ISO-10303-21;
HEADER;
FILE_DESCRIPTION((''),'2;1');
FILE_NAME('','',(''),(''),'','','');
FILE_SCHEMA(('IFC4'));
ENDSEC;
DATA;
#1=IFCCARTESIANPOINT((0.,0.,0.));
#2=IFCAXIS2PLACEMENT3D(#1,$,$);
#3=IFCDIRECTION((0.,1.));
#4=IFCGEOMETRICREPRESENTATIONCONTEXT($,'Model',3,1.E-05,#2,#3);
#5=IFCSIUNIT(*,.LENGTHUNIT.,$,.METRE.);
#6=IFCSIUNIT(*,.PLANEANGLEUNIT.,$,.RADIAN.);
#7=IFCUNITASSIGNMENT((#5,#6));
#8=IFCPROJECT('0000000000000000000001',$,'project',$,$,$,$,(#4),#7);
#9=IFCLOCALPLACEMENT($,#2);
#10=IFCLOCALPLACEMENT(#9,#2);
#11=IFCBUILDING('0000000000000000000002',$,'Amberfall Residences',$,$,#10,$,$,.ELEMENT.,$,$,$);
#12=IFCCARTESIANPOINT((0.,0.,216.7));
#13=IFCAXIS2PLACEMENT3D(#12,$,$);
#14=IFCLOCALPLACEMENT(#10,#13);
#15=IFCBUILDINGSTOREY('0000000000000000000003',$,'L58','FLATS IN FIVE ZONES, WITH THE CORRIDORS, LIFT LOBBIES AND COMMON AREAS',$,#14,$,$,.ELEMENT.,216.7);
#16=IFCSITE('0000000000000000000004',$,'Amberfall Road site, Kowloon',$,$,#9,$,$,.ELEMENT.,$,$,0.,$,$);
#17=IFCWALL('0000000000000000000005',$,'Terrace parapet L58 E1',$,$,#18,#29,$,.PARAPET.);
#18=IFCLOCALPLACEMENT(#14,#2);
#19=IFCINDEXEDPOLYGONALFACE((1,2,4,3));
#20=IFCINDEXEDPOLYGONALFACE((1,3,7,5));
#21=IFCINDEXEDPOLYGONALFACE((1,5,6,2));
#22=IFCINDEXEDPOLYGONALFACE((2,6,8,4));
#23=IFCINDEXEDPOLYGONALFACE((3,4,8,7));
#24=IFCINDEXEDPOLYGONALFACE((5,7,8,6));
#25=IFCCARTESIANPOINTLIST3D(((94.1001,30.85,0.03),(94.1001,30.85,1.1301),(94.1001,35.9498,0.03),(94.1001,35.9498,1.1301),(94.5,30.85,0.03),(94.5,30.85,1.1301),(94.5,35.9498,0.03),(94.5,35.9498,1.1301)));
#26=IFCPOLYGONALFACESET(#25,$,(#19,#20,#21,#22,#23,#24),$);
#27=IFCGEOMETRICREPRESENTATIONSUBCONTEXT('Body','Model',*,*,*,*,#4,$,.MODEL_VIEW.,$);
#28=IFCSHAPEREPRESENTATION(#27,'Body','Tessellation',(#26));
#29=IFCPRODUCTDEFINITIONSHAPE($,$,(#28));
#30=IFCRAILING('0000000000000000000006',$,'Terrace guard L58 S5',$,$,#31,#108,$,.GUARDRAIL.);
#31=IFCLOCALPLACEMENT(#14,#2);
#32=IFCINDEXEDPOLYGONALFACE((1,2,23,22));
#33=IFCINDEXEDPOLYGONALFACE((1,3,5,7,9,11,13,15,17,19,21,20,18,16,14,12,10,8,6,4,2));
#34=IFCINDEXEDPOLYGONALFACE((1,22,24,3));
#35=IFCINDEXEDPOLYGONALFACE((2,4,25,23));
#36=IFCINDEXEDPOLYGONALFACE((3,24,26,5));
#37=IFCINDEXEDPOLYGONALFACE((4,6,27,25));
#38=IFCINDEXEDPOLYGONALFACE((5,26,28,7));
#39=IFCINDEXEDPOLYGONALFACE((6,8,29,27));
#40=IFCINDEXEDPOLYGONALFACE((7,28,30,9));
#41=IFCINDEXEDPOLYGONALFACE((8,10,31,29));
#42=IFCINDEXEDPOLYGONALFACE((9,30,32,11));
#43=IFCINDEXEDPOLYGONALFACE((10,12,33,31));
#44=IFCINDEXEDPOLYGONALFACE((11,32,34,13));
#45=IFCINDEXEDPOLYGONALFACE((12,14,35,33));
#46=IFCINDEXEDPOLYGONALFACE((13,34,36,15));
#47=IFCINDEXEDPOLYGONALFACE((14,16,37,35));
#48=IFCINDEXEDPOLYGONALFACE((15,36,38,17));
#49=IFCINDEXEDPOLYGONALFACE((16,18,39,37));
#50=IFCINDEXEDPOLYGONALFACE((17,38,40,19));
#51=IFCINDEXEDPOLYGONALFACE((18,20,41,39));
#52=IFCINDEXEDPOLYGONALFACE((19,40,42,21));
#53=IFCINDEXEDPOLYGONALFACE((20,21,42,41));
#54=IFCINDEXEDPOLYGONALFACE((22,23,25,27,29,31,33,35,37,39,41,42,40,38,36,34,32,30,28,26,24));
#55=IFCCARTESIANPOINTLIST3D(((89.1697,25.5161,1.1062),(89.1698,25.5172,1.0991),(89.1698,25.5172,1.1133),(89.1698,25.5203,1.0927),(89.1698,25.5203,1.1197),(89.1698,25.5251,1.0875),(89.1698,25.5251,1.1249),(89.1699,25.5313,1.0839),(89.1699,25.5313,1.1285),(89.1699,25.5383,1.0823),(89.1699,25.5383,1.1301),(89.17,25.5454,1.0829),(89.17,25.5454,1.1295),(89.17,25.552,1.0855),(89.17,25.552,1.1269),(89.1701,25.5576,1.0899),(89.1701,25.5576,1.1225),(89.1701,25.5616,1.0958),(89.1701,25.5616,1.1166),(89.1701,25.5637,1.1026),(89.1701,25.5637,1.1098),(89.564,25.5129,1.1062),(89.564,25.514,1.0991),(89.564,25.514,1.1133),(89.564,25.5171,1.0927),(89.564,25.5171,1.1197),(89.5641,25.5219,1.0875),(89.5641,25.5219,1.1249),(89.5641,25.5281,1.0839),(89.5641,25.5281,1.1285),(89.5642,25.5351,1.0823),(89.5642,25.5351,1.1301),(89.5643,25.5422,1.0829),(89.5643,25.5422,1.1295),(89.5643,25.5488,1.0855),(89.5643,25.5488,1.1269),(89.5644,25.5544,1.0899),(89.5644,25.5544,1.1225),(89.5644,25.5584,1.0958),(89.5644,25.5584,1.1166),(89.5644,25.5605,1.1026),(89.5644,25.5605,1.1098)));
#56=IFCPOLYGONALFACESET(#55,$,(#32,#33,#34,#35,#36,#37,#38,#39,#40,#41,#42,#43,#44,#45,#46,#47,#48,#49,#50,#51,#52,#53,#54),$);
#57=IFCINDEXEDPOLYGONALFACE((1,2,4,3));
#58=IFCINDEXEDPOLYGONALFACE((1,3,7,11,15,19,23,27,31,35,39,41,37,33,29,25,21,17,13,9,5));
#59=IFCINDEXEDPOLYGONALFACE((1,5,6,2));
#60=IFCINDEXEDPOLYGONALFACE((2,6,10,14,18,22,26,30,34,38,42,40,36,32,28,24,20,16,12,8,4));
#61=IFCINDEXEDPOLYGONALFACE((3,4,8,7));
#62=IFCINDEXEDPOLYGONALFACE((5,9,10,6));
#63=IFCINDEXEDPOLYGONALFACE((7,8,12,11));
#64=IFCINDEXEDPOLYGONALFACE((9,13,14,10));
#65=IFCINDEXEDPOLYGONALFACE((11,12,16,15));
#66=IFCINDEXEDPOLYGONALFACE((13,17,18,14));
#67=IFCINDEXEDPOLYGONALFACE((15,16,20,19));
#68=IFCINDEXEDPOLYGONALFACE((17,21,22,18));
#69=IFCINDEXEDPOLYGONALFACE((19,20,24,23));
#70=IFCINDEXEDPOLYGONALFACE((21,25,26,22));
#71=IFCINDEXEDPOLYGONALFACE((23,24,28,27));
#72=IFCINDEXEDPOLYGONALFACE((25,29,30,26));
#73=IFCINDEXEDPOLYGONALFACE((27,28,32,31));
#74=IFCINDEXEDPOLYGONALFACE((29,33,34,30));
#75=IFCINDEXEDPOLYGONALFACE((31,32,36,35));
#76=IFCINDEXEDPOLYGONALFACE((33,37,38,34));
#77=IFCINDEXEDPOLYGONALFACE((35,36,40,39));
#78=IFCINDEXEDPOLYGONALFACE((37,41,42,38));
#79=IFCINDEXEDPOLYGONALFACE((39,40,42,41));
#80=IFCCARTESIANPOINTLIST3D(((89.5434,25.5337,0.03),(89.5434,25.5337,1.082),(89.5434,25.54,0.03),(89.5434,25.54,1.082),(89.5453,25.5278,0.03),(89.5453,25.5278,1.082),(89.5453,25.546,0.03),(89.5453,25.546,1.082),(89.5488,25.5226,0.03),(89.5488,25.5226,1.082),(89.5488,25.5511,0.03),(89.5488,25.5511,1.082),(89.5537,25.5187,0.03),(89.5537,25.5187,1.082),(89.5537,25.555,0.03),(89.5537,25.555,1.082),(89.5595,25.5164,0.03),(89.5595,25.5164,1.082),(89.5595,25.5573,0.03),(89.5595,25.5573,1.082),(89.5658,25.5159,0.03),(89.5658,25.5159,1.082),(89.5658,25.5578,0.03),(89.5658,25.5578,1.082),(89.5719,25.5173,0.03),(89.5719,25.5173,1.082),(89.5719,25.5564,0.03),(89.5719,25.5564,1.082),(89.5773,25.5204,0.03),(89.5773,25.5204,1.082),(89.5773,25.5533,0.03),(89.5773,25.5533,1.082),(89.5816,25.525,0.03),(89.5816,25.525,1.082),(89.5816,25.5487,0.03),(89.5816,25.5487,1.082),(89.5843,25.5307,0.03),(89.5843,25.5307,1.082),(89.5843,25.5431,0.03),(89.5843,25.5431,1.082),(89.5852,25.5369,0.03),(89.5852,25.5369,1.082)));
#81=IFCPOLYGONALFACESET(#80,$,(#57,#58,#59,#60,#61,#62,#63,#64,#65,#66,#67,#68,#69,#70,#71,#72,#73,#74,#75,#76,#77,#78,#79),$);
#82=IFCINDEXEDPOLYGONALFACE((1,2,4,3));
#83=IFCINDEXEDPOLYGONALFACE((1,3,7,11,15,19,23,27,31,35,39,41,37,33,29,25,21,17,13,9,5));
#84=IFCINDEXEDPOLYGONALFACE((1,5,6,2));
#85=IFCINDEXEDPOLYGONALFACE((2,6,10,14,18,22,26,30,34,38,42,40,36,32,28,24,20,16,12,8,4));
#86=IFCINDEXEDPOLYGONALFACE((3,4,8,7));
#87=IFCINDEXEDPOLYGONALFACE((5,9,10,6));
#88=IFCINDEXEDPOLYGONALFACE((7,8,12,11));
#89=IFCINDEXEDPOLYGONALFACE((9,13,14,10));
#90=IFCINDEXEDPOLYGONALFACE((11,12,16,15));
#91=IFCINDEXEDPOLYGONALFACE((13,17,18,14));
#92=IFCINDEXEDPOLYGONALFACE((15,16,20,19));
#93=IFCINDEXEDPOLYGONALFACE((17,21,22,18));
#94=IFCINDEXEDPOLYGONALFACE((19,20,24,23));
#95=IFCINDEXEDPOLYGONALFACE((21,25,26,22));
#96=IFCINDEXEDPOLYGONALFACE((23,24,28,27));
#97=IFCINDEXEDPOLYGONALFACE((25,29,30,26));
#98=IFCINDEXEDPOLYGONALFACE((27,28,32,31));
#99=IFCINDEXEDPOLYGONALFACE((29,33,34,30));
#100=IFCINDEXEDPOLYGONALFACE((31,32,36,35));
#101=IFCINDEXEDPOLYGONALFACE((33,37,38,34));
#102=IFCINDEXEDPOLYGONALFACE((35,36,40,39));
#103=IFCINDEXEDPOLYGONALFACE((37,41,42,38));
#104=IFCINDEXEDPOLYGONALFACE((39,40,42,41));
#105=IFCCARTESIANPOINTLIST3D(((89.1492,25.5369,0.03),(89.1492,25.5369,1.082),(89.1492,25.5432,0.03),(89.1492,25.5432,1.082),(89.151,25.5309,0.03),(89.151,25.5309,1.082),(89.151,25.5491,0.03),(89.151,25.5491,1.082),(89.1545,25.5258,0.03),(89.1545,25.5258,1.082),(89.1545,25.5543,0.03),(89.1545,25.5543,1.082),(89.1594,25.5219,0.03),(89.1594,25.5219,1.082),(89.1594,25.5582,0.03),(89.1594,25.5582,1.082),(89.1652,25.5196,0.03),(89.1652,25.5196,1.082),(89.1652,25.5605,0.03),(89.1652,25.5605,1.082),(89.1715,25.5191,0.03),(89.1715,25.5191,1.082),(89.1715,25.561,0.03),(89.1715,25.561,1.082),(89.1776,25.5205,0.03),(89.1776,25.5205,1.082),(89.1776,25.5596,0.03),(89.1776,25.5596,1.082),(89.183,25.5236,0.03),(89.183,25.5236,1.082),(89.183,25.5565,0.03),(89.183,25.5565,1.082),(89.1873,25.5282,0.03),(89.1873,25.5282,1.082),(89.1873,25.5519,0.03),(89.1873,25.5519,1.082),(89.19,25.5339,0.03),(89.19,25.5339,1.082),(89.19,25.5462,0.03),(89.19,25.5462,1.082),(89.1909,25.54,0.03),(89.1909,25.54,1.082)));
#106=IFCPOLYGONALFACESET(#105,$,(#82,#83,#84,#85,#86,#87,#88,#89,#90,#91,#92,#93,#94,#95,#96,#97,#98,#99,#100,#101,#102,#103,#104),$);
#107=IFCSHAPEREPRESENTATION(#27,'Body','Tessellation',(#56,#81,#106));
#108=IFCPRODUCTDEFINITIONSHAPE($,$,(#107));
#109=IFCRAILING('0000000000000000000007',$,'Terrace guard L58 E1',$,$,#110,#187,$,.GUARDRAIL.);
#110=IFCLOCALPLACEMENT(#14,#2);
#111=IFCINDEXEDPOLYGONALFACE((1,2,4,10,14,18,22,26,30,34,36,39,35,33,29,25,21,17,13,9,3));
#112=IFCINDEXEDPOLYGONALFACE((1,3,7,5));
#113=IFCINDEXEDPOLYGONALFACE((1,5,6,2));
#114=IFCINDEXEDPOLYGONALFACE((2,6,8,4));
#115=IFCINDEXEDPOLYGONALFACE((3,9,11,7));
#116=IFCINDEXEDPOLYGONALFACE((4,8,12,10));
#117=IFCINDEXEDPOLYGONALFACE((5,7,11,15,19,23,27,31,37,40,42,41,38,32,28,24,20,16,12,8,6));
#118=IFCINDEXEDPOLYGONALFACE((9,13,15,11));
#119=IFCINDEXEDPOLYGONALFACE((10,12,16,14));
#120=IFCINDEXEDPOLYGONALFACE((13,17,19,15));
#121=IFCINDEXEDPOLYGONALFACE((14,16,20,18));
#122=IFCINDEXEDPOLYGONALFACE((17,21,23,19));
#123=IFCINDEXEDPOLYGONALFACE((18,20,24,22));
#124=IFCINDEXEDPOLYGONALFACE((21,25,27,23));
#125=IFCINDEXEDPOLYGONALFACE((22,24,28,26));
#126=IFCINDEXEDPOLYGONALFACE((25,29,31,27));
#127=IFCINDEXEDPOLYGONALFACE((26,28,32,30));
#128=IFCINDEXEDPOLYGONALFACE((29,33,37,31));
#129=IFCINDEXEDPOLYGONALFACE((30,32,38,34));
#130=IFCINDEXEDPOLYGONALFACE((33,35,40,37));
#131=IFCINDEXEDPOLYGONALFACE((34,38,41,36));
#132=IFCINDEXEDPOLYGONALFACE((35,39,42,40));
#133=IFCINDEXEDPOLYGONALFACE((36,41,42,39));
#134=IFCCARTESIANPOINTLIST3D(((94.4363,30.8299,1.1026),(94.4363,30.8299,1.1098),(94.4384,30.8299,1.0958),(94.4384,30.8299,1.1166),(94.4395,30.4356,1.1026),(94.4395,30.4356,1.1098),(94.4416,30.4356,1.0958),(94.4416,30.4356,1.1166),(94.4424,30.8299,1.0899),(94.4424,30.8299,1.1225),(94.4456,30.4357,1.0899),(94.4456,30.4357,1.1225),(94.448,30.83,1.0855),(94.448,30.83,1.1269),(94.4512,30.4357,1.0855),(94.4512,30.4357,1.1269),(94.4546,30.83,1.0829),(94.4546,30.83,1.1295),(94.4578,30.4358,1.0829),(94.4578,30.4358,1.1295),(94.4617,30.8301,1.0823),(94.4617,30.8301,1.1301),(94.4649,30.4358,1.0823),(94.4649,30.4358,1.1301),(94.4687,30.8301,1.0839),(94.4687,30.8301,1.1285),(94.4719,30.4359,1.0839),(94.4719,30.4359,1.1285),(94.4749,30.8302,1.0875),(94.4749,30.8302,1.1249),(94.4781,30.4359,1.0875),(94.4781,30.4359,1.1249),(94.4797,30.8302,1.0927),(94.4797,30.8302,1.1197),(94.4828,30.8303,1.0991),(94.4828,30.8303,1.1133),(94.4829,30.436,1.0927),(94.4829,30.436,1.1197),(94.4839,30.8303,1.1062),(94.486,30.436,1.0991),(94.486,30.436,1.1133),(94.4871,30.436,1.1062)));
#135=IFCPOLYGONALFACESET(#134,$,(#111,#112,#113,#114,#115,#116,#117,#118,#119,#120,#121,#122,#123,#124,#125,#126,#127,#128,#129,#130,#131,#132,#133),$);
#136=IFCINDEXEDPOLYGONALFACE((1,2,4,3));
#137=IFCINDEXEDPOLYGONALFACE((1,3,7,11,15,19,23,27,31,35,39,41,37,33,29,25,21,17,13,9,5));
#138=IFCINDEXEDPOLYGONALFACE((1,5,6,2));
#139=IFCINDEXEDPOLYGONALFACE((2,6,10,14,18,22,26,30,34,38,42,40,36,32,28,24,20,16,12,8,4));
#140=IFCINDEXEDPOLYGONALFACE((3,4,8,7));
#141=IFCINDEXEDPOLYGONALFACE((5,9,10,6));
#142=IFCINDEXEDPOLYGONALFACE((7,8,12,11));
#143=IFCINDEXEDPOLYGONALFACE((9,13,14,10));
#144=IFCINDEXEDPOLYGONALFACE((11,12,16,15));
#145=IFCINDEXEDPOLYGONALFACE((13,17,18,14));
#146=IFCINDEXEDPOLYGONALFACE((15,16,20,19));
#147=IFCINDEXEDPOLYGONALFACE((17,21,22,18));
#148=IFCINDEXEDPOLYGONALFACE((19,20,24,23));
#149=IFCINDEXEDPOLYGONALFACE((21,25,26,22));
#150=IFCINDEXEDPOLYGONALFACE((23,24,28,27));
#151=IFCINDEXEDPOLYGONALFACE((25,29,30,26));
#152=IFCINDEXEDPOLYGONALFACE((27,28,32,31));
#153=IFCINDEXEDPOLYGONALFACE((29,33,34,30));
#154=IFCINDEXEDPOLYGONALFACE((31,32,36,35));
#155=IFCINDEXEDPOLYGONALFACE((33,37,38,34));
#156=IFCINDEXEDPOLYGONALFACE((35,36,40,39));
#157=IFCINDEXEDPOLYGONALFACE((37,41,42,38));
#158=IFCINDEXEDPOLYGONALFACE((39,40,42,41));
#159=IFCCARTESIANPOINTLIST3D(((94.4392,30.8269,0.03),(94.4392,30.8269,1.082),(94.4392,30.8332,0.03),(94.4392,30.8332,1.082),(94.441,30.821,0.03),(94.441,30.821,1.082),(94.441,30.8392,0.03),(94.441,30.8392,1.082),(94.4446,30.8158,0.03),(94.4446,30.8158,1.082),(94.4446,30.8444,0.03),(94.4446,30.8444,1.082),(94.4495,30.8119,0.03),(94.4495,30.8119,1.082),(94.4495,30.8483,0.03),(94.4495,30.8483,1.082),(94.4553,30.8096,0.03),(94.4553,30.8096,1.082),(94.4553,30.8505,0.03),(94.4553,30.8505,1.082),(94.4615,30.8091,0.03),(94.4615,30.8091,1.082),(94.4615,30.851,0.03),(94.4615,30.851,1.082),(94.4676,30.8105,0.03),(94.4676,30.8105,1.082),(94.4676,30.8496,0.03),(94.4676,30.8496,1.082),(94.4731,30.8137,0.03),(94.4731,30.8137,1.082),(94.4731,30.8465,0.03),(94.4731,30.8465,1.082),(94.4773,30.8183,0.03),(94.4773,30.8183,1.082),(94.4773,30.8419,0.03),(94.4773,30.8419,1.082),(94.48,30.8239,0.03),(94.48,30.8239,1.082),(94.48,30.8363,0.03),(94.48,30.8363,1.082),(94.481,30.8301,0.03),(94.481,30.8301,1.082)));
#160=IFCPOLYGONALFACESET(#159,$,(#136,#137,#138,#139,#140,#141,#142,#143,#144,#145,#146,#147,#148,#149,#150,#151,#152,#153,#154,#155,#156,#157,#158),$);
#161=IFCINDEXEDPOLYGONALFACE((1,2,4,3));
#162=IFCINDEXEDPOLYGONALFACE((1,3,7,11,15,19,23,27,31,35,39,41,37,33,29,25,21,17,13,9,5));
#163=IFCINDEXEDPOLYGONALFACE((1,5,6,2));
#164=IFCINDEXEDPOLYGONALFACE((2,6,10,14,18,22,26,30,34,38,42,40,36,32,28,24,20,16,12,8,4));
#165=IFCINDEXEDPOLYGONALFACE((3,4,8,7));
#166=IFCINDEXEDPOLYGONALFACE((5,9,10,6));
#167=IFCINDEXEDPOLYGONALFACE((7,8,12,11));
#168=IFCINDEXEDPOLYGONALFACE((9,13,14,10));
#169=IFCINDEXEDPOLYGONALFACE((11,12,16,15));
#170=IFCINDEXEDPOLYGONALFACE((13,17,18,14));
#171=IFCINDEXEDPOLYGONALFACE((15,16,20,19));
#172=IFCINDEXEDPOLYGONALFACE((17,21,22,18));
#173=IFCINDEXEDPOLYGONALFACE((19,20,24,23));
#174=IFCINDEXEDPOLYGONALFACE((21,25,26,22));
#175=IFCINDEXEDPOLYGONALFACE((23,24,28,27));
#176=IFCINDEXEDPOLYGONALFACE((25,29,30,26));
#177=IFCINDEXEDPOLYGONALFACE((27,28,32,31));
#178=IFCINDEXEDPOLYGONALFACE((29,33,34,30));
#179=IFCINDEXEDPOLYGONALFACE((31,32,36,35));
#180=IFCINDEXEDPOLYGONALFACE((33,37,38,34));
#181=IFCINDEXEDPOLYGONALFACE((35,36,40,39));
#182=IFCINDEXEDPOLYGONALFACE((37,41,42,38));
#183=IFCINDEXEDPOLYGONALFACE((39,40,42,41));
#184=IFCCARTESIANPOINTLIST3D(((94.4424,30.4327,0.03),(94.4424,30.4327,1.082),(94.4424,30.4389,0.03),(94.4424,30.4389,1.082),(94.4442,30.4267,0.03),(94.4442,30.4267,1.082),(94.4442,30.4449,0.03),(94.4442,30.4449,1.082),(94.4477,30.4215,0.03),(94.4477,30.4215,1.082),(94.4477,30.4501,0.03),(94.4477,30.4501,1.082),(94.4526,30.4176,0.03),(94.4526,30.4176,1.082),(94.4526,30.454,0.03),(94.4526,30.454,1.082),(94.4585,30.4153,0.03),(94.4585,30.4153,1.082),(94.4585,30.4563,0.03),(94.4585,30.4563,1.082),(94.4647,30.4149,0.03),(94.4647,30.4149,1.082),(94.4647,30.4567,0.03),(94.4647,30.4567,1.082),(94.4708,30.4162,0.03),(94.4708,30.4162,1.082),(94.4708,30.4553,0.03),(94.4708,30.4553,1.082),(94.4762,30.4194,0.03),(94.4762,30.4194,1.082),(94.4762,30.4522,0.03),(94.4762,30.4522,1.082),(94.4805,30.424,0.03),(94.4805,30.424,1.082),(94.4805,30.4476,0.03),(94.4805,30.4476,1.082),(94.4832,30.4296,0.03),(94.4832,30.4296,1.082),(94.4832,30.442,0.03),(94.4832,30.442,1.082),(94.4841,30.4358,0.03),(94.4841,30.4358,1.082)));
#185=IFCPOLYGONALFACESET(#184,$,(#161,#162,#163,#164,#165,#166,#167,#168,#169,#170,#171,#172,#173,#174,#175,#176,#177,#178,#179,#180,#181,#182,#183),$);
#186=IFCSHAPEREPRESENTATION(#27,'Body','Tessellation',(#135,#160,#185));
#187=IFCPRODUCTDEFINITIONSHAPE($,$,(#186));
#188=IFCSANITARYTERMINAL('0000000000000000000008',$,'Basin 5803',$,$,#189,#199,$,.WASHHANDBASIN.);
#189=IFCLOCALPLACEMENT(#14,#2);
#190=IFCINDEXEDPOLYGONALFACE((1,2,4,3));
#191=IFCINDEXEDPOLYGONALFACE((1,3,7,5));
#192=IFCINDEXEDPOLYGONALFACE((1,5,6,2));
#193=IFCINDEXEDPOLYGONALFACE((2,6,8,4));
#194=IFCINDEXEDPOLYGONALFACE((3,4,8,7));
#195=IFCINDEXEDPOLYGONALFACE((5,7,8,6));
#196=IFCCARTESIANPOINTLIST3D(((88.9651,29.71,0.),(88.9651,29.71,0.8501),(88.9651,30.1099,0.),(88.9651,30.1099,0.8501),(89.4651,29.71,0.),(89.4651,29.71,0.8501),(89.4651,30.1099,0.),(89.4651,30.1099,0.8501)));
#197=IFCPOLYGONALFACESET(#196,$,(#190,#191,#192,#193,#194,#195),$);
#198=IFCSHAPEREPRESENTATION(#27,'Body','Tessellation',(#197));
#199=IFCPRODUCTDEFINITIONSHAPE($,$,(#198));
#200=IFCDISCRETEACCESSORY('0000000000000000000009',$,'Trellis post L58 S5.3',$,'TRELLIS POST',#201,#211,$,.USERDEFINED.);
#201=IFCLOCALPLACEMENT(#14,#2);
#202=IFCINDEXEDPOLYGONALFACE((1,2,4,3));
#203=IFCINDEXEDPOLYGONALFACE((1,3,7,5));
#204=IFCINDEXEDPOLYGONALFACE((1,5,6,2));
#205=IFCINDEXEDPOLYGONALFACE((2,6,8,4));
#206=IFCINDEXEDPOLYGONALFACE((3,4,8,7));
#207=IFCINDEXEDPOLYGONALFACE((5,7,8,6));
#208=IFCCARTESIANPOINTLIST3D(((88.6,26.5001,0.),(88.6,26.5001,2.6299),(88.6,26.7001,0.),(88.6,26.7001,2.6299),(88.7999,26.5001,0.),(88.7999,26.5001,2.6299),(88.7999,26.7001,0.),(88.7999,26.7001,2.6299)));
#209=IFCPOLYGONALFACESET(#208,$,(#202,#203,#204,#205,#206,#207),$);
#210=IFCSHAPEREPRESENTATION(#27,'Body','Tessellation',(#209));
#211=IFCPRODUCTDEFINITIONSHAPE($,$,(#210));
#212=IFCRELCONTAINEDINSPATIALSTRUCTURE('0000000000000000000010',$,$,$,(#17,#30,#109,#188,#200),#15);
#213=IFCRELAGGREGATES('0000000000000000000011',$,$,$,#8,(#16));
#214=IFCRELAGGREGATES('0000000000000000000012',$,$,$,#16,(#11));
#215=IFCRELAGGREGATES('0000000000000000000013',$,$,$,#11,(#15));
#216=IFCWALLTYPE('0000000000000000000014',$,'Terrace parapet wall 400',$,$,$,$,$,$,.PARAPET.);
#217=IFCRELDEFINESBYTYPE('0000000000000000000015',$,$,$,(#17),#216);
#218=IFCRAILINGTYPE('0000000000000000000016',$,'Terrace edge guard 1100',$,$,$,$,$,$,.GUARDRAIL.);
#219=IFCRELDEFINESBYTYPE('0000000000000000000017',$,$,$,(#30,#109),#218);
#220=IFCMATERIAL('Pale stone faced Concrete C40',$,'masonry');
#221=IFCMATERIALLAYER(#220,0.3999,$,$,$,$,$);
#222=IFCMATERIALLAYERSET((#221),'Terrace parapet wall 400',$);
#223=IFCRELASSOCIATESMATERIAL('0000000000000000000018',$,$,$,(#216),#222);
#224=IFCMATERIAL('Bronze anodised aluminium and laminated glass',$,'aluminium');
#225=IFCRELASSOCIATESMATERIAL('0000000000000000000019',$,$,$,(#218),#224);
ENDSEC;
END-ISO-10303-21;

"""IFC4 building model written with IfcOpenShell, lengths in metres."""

from ifc_helpers import new_model, si_unit, direction, frame, frame_2d, origin, origin_2d, place, context, subcontext, project, spatial, rectangle, circle, extrude, material, layer, layer_set, type_object, element, save


model = new_model("IFC4")

# Units and contexts
model_context = context("Model", 3, precision=1e-05, world=origin(), true_north=direction((0.0, 1.0)))
body_context = subcontext(model_context, "Body", "Model", "MODEL_VIEW")
ifc_project = project(units=[si_unit("LENGTHUNIT", "METRE"), si_unit("PLANEANGLEUNIT", "RADIAN")], contexts=[model_context])

# Site, building, storey
site_placement = place(None, origin())
site = spatial("IfcSite", under=ifc_project, at=site_placement, Name="Amberfall Road site, Kowloon", CompositionType="ELEMENT", RefElevation=0.0)
building_placement = place(site_placement, origin())
building = spatial("IfcBuilding", under=site, at=building_placement, Name="Amberfall Residences", CompositionType="ELEMENT")
storey_placement = place(building_placement, frame((0.0, 0.0, 216.7)))
storey = spatial("IfcBuildingStorey", under=building, at=storey_placement, Name="L58", Description="FLATS IN FIVE ZONES, WITH THE CORRIDORS, LIFT LOBBIES AND COMMON AREAS", CompositionType="ELEMENT", Elevation=216.7)

# Wall
ifc_material_1 = material(Name="Pale stone faced Concrete C40", Category="masonry")
ifc_layer_1 = layer(ifc_material_1, 0.3999)
ifc_layer_set_1 = layer_set([ifc_layer_1], Name="Terrace parapet wall 400")
wall_type_1 = type_object("IfcWallType", Name="Terrace parapet wall 400", PredefinedType="PARAPET", material=ifc_layer_set_1)
wall_1_placement = place(storey_placement, frame((94.3, 30.8501, 0.03), z_axis=(0.0, 0.0, 1.0), x_axis=(0.0, 1.0, 0.0)))
element("IfcWall", 1, at=wall_1_placement, inside=storey, type_object=wall_type_1, Name="Terrace parapet L58 E1", PredefinedType="PARAPET", context=body_context, shape_type="SweptSolid", body=[
    extrude(rectangle(XDim=5.0999, YDim=0.3999, at=frame_2d((2.5498, 0.0))), origin(), (0.0, 0.0, 1.0), 1.1001),
])

# Railings
ifc_material_2 = material(Name="Bronze anodised aluminium and laminated glass", Category="aluminium")
railing_type = type_object("IfcRailingType", Name="Terrace edge guard 1100", PredefinedType="GUARDRAIL", material=ifc_material_2)
railing_1_placement = place(storey_placement, frame((89.5642, 25.5369, 0.03)))
element("IfcRailing", 2, at=railing_1_placement, inside=storey, type_object=railing_type, Name="Terrace guard L58 S5", PredefinedType="GUARDRAIL", context=body_context, shape_type="SweptSolid", body=[
    extrude(circle(Radius=0.0239, at=origin_2d()), frame((0.0, 0.0, 1.0762), z_axis=(-0.999968, 0.008049, 0.0), x_axis=(-0.008049, -0.999968, 0.0)), (0.0, 0.0, 1.0), 0.3943),
    extrude(circle(Radius=0.021, at=origin_2d()), origin(), (0.0, 0.0, 1.0), 1.052),
    extrude(circle(Radius=0.021, at=origin_2d()), frame((-0.3943, 0.0032, 0.0)), (0.0, 0.0, 1.0), 1.052),
])
railing_2_placement = place(storey_placement, frame((94.46, 30.8301, 0.03)))
element("IfcRailing", 3, at=railing_2_placement, inside=storey, type_object=railing_type, Name="Terrace guard L58 E1", PredefinedType="GUARDRAIL", context=body_context, shape_type="SweptSolid", body=[
    extrude(circle(Radius=0.0239, at=origin_2d()), frame((0.0, 0.0, 1.0762), z_axis=(0.008049, -0.999968, 0.0), x_axis=(0.999968, 0.008049, 0.0)), (0.0, 0.0, 1.0), 0.3943),
    extrude(circle(Radius=0.021, at=origin_2d()), origin(), (0.0, 0.0, 1.0), 1.052),
    extrude(circle(Radius=0.021, at=origin_2d()), frame((0.0032, -0.3943, 0.0)), (0.0, 0.0, 1.0), 1.052),
])

# Sanitary terminal
sanitary_terminal_placement = place(storey_placement, frame((89.2151, 29.9099, 0.0), z_axis=(0.0, 0.0, 1.0), x_axis=(1.0, 0.0, 0.0)))
element("IfcSanitaryTerminal", 4, at=sanitary_terminal_placement, inside=storey, Name="Basin 5803", PredefinedType="WASHHANDBASIN", context=body_context, shape_type="SweptSolid", body=[
    extrude(rectangle(XDim=0.5, YDim=0.3999, at=origin_2d()), origin(), (0.0, 0.0, 1.0), 0.8501),
])

# Discrete accessory
for number, where, z_axis, x_axis, name in (
    (5, (88.7, 26.6001, 0.0), (0.0, 0.0, 1.0), (1.0, 0.0, 0.0), "Trellis post L58 S5.3"),
):
    element("IfcDiscreteAccessory", number, at=place(storey_placement, frame(where, z_axis=z_axis, x_axis=x_axis)), inside=storey, Name=name, ObjectType="TRELLIS POST", PredefinedType="USERDEFINED", context=body_context, shape_type="SweptSolid", body=[
        extrude(rectangle(XDim=0.2, YDim=0.2, at=origin_2d()), origin(), (0.0, 0.0, 1.0), 2.6299),
    ])

save(model, "model.ifc")
